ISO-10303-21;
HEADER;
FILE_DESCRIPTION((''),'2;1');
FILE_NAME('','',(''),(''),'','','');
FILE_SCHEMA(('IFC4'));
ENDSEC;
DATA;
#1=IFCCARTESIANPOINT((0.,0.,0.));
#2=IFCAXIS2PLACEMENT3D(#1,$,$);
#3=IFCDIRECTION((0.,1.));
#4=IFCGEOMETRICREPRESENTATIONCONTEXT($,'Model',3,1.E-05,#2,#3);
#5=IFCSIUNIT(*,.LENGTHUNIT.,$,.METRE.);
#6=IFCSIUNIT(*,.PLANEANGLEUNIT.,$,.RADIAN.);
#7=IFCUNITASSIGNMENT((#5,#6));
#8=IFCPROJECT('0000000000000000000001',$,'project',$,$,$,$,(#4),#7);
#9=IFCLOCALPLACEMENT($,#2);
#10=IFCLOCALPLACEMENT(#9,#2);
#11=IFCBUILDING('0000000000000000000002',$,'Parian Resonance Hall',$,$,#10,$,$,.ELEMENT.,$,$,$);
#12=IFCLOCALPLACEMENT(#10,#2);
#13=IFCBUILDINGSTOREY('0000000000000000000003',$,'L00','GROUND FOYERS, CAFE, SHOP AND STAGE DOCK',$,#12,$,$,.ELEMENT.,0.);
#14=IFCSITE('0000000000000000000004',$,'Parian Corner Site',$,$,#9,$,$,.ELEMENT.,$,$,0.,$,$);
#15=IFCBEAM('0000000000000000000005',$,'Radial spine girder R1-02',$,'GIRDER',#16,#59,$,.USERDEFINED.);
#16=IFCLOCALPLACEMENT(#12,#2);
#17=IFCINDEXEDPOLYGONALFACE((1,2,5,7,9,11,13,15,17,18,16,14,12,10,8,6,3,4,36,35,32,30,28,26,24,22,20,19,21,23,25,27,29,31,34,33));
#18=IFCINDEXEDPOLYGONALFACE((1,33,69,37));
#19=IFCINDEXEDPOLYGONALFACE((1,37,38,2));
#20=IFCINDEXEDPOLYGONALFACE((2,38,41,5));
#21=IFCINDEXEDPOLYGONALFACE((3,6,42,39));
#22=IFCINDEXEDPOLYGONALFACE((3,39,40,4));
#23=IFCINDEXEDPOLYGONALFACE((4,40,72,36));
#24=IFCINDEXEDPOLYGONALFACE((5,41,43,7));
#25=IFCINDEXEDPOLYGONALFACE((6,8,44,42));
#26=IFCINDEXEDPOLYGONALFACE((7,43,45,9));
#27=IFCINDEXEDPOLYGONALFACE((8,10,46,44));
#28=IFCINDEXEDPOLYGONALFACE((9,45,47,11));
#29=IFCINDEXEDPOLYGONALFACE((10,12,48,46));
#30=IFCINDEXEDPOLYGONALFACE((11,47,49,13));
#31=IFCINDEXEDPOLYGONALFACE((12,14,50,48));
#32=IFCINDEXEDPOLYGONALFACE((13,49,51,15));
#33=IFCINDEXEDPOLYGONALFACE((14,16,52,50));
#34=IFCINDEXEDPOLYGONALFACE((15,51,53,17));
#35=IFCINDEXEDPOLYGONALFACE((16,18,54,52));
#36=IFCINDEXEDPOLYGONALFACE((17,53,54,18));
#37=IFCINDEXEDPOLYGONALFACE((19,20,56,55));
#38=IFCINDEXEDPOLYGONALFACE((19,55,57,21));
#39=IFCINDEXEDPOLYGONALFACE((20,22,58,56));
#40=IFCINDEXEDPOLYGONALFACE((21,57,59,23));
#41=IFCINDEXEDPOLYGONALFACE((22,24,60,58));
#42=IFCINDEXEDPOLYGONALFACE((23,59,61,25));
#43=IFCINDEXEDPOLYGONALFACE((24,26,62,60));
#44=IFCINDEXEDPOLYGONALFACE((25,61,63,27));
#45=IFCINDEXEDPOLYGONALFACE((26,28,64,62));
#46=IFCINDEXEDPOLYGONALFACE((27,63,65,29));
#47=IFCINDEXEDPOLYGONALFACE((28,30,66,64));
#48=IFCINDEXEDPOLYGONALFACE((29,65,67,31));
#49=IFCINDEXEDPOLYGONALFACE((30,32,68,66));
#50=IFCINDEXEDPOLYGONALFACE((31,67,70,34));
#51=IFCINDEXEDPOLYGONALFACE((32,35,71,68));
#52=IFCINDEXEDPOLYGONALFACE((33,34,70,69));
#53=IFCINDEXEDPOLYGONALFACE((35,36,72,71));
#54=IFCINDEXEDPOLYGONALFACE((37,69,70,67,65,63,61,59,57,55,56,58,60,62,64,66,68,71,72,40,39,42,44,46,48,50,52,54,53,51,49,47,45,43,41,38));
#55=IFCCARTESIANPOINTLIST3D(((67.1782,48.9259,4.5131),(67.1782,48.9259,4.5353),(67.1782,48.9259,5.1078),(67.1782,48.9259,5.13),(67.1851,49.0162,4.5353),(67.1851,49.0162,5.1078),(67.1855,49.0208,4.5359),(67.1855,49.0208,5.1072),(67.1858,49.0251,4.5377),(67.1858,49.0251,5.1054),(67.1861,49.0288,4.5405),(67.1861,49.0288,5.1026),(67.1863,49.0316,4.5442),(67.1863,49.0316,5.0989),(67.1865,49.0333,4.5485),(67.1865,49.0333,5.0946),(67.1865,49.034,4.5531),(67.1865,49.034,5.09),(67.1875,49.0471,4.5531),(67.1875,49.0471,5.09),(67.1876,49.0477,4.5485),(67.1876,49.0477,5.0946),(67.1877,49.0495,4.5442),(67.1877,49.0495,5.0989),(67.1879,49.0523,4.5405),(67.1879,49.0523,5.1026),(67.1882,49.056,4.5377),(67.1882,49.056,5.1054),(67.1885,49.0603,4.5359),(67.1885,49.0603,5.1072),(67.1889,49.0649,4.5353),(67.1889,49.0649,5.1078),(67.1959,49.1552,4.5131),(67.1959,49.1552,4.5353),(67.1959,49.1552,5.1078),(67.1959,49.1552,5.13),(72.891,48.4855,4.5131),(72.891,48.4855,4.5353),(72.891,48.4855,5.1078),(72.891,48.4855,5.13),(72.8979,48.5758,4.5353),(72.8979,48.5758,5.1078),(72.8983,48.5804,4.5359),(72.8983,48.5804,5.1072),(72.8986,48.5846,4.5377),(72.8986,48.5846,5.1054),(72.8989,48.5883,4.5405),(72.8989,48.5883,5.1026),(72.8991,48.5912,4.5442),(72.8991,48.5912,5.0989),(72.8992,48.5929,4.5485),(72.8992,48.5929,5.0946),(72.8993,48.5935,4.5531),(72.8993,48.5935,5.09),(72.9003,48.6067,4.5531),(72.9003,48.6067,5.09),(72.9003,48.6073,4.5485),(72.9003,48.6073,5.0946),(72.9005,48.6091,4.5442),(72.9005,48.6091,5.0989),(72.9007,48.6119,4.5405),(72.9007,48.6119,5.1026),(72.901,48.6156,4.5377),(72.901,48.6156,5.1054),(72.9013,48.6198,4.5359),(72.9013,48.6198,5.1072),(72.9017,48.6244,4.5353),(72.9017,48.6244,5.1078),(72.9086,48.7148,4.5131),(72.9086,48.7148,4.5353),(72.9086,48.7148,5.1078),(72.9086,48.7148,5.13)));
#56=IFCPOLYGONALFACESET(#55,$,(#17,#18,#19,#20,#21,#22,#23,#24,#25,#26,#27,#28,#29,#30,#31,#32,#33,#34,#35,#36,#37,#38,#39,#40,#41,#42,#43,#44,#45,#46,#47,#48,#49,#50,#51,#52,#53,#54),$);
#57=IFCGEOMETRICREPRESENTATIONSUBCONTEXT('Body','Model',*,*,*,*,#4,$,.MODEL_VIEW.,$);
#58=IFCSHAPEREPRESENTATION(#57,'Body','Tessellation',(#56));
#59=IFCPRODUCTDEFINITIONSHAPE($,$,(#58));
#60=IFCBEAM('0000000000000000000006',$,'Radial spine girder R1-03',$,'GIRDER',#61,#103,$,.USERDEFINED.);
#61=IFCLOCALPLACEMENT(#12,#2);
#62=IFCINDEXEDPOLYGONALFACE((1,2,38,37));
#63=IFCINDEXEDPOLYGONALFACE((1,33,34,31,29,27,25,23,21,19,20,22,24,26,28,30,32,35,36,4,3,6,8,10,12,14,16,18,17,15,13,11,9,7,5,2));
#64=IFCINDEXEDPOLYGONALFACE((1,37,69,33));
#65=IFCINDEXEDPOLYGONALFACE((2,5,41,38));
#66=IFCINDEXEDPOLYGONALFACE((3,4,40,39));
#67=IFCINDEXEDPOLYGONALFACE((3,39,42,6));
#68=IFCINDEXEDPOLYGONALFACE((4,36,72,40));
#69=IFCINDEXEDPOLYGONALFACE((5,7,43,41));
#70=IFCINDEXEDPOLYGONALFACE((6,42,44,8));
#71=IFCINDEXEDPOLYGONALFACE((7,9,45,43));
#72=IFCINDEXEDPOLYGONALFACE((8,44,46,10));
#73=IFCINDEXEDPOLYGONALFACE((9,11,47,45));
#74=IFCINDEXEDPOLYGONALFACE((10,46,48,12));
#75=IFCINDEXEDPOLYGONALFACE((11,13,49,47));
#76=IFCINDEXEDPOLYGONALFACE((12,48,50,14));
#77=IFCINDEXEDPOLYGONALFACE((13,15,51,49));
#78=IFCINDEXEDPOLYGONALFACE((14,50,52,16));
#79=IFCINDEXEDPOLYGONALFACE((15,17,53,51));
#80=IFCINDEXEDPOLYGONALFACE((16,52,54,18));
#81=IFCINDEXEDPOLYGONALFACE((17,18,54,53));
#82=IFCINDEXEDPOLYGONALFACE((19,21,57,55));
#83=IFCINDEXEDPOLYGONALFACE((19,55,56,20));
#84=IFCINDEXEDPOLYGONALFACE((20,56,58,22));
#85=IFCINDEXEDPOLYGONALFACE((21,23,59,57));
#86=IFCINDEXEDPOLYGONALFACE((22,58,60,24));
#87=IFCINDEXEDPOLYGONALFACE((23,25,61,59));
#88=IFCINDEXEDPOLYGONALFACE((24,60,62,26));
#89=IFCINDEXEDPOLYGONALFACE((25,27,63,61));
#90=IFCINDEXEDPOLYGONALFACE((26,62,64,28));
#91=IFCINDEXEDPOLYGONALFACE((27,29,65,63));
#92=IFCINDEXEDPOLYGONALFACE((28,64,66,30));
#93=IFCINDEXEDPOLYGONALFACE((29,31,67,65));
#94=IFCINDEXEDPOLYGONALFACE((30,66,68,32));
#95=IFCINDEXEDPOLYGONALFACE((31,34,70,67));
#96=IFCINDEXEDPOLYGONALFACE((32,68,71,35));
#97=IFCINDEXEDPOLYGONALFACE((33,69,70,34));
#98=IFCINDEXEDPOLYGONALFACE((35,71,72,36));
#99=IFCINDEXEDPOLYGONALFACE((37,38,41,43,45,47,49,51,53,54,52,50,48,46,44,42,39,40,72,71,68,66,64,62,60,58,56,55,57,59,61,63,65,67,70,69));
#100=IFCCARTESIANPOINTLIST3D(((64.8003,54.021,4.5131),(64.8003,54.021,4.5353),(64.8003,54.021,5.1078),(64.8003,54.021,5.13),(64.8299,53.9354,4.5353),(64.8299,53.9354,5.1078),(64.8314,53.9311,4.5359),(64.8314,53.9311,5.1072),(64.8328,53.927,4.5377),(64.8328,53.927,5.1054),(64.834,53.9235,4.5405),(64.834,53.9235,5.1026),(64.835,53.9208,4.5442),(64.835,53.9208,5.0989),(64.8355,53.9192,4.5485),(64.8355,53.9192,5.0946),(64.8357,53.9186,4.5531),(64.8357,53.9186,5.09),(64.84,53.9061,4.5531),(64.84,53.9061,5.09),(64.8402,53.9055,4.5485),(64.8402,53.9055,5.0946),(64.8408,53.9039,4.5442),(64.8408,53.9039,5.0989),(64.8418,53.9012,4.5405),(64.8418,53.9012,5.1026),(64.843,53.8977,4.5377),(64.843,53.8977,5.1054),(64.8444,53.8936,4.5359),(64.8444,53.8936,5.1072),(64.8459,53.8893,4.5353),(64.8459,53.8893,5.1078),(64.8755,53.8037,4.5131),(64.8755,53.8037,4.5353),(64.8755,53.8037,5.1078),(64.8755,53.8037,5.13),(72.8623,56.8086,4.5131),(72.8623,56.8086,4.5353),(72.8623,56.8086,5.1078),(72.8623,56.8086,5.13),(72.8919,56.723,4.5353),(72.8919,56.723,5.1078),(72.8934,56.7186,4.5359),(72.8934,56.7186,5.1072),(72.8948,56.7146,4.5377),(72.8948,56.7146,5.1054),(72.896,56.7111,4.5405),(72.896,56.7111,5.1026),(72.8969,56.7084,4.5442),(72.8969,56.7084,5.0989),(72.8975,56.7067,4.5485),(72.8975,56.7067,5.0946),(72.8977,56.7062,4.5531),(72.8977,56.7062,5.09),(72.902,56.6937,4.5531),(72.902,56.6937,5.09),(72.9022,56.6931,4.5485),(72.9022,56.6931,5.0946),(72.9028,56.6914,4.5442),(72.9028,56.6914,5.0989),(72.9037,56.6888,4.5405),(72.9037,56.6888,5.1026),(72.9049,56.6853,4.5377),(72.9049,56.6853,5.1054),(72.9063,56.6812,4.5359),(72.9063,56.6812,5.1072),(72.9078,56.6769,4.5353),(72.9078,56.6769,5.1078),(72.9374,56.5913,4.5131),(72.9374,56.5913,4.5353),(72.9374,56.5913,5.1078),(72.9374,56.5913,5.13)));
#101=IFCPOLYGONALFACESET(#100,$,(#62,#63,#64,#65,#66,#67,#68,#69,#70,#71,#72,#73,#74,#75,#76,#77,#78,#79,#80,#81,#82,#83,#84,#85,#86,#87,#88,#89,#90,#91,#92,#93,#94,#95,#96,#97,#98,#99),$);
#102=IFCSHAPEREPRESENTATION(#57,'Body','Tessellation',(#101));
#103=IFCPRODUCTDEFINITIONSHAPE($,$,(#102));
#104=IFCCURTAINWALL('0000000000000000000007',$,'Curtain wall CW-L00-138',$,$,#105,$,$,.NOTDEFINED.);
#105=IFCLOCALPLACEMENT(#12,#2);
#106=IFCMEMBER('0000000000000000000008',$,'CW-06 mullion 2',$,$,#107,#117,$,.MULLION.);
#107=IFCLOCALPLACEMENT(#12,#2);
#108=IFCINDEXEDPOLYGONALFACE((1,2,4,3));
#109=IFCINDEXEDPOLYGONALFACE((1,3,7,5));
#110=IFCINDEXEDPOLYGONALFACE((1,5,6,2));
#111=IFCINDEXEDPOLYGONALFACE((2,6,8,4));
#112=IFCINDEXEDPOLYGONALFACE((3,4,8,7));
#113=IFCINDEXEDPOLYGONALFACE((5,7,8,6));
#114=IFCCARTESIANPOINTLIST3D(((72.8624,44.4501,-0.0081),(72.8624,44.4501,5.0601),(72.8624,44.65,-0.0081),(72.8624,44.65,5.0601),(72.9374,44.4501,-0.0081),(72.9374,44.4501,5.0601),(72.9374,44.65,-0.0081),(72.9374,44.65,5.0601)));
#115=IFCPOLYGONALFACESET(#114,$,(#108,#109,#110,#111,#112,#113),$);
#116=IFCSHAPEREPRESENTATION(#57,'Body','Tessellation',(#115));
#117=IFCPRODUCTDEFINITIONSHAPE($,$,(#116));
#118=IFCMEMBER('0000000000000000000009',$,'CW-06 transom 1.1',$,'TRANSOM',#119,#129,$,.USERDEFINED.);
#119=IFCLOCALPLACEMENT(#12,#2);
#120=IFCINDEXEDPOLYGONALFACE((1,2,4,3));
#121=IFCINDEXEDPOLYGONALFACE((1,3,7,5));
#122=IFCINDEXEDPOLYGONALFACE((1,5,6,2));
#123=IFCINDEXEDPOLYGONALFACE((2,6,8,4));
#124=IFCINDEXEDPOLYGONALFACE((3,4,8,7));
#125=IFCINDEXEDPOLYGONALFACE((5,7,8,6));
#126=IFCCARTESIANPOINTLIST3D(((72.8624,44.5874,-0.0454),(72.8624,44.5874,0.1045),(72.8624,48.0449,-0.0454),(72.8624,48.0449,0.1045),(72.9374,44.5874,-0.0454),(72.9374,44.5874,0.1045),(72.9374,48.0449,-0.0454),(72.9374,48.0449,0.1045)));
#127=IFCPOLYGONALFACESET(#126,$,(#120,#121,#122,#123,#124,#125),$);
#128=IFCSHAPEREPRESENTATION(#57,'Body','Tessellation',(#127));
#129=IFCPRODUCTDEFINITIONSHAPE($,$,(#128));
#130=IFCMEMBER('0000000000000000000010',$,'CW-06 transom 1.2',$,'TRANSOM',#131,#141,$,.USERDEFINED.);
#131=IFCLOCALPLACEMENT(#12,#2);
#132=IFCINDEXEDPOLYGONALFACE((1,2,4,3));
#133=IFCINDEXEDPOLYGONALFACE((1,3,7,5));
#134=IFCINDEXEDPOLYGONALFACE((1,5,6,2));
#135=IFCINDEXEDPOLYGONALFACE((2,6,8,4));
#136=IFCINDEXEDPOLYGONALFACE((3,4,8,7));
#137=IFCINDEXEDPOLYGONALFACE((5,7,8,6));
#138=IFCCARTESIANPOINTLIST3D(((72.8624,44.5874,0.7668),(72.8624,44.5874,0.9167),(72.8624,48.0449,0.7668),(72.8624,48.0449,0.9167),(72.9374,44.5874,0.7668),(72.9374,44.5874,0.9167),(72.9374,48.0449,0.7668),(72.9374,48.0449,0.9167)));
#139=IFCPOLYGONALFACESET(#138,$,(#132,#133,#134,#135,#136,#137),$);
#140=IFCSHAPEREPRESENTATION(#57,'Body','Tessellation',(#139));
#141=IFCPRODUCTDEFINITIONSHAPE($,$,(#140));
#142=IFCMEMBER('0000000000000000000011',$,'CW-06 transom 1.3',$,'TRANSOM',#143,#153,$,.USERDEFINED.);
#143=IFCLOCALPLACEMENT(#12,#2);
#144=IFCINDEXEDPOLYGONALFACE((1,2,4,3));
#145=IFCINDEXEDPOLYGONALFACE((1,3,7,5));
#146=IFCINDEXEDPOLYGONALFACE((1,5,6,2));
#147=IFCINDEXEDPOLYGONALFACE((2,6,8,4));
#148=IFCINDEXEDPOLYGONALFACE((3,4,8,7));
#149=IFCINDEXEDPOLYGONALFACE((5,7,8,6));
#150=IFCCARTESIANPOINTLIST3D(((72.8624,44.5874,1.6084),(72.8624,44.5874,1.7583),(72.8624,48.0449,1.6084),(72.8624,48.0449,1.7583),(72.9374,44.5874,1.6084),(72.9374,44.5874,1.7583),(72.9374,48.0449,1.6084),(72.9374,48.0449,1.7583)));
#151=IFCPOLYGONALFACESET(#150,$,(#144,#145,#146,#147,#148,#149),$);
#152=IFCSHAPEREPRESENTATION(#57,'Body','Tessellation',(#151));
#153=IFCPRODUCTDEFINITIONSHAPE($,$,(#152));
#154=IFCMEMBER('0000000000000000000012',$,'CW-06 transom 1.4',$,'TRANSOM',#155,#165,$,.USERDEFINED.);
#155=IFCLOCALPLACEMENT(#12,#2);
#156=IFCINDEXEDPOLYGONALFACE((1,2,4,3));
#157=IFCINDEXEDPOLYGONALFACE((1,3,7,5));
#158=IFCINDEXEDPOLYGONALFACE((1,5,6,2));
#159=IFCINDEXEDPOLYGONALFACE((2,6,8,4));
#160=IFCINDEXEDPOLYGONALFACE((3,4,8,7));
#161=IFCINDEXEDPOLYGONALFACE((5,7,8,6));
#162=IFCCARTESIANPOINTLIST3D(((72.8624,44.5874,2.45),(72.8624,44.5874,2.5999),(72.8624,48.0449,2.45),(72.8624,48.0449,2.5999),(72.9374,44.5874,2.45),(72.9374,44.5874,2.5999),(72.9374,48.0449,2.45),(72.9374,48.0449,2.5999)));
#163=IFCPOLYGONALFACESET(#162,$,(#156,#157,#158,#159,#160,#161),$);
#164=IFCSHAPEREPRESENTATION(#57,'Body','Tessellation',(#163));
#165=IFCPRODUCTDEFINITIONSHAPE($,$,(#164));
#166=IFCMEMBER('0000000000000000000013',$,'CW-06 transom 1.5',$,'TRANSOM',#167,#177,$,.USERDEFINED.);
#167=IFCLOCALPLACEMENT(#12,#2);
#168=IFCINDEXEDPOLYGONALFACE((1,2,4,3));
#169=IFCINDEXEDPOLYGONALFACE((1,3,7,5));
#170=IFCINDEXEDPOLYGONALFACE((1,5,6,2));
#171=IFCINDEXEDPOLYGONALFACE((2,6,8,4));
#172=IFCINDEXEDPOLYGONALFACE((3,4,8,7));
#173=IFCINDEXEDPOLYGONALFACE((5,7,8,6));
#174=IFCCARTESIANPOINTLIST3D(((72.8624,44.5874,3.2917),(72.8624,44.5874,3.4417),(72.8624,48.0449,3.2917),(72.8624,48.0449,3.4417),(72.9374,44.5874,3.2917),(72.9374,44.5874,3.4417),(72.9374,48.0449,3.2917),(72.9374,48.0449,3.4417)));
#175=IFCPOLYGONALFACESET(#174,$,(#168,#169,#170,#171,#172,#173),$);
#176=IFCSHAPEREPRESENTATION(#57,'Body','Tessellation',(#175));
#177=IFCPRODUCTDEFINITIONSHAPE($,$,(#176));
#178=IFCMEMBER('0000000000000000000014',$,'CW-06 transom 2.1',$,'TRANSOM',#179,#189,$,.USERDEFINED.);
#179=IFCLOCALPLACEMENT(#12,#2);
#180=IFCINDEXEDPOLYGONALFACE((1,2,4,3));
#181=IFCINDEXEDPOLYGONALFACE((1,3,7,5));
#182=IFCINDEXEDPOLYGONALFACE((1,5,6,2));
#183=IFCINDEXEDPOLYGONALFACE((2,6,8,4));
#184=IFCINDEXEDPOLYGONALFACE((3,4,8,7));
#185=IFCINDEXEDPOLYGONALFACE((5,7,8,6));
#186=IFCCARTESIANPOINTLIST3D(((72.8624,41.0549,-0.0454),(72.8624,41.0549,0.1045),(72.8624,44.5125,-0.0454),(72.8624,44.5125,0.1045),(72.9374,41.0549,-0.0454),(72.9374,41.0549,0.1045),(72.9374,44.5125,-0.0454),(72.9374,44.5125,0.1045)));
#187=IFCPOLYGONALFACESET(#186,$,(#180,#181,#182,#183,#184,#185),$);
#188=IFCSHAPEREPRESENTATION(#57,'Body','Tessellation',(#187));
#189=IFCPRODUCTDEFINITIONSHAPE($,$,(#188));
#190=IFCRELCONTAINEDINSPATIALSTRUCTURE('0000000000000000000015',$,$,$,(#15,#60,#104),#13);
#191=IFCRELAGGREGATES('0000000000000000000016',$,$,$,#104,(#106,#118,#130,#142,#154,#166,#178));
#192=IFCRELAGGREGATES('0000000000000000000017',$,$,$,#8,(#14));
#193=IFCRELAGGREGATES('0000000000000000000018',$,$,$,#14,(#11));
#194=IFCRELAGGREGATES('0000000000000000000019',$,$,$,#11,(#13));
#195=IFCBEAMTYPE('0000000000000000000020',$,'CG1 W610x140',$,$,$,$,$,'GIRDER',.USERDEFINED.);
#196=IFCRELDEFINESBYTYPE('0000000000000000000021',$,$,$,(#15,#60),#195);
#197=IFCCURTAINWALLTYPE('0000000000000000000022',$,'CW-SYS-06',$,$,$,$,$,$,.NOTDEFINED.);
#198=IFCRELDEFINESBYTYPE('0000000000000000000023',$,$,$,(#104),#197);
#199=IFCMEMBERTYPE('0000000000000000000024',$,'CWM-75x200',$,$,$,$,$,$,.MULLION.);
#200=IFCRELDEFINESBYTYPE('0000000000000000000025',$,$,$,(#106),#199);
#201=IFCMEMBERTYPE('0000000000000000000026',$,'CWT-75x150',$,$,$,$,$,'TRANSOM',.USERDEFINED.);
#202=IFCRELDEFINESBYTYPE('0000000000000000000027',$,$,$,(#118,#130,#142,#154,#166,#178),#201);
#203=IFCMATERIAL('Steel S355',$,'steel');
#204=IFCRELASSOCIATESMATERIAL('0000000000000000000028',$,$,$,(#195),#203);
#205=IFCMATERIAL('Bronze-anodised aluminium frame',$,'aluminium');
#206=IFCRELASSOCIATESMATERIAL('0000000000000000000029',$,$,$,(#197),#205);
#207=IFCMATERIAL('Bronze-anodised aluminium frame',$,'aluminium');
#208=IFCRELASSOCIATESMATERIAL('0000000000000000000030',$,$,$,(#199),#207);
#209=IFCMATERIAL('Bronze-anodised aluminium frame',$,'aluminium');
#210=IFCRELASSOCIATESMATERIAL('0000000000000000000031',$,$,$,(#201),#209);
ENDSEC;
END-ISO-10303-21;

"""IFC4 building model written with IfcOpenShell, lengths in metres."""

from ifc_helpers import new_model, si_unit, direction, frame, origin, origin_2d, place, context, subcontext, project, spatial, rectangle, i_section, extrude, material, material_profile, profile_set, type_object, element, aggregate, save


model = new_model("IFC4")

# Units and contexts
model_context = context("Model", 3, precision=1e-05, world=origin(), true_north=direction((0.0, 1.0)))
body_context = subcontext(model_context, "Body", "Model", "MODEL_VIEW")
ifc_project = project(units=[si_unit("LENGTHUNIT", "METRE"), si_unit("PLANEANGLEUNIT", "RADIAN")], contexts=[model_context])

# Site, building, storey
site_placement = place(None, origin())
site = spatial("IfcSite", under=ifc_project, at=site_placement, Name="Parian Corner Site", CompositionType="ELEMENT", RefElevation=0.0)
building_placement = place(site_placement, origin())
building = spatial("IfcBuilding", under=site, at=building_placement, Name="Parian Resonance Hall", CompositionType="ELEMENT")
storey_placement = place(building_placement, origin())
storey = spatial("IfcBuildingStorey", under=building, at=storey_placement, Name="L00", Description="GROUND FOYERS, CAFE, SHOP AND STAGE DOCK", CompositionType="ELEMENT", Elevation=0.0)

# Beams
ifc_material_1 = material(Name="Steel S355", Category="steel")
ifc_material_profile_1 = material_profile(ifc_material_1, i_section(OverallWidth=0.23, OverallDepth=0.6169, WebThickness=0.0132, FlangeThickness=0.0222, FilletRadius=0.0178, at=origin_2d()), Name="W610x140")
ifc_profile_set_1 = profile_set([ifc_material_profile_1], Name="Steel S355")
beam_type_1 = type_object("IfcBeamType", Name="CG1 W610x140", ElementType="GIRDER", PredefinedType="USERDEFINED", material=ifc_profile_set_1)
beam_1_placement = place(storey_placement, frame((67.187, 49.0405, 4.8215), z_axis=(0.997041, -0.076866, 0.0), x_axis=(0.076866, 0.997041, 0.0)))
element("IfcBeam", 1, at=beam_1_placement, inside=storey, type_object=beam_type_1, Name="Radial spine girder R1-02", ObjectType="GIRDER", PredefinedType="USERDEFINED", context=body_context, shape_type="SweptSolid", body=[
    extrude(i_section(OverallWidth=0.23, OverallDepth=0.6169, WebThickness=0.0132, FlangeThickness=0.0222, FilletRadius=0.0178, at=origin_2d()), origin(), (0.0, 0.0, 1.0), 5.7297),
])
beam_2_placement = place(storey_placement, frame((64.8379, 53.9124, 4.8215), z_axis=(0.945098, 0.326786, 0.0), x_axis=(-0.326786, 0.945098, 0.0)))
element("IfcBeam", 2, at=beam_2_placement, inside=storey, type_object=beam_type_1, Name="Radial spine girder R1-03", ObjectType="GIRDER", PredefinedType="USERDEFINED", context=body_context, shape_type="SweptSolid", body=[
    extrude(i_section(OverallWidth=0.23, OverallDepth=0.6169, WebThickness=0.0132, FlangeThickness=0.0222, FilletRadius=0.0178, at=origin_2d()), origin(), (0.0, 0.0, 1.0), 8.5303),
])

# Curtain wall, members
ifc_material_2 = material(Name="Bronze-anodised aluminium frame", Category="aluminium")
curtain_wall_type = type_object("IfcCurtainWallType", Name="CW-SYS-06", PredefinedType="NOTDEFINED", material=ifc_material_2)
curtain_wall_placement = place(storey_placement, origin())
curtain_wall = element("IfcCurtainWall", 3, at=curtain_wall_placement, inside=storey, type_object=curtain_wall_type, Name="Curtain wall CW-L00-138", PredefinedType="NOTDEFINED")
ifc_material_3 = material(Name="Bronze-anodised aluminium frame", Category="aluminium")
ifc_material_profile_2 = material_profile(ifc_material_3, rectangle(XDim=0.075, YDim=0.2, at=origin_2d()), Name="CWM-75x200")
ifc_profile_set_2 = profile_set([ifc_material_profile_2], Name="Bronze-anodised aluminium frame")
member_type_1 = type_object("IfcMemberType", Name="CWM-75x200", PredefinedType="MULLION", material=ifc_profile_set_2)
member_1_placement = place(storey_placement, frame((72.8999, 44.55, -0.0081), z_axis=(0.0, 0.0, 1.0), x_axis=(1.0, 0.0, 0.0)))
member_1 = element("IfcMember", 4, at=member_1_placement, type_object=member_type_1, Name="CW-06 mullion 2", PredefinedType="MULLION", context=body_context, shape_type="SweptSolid", body=[
    extrude(rectangle(XDim=0.075, YDim=0.2, at=origin_2d()), origin(), (0.0, 0.0, 1.0), 5.0681),
])
ifc_material_4 = material(Name="Bronze-anodised aluminium frame", Category="aluminium")
ifc_material_profile_3 = material_profile(ifc_material_4, rectangle(XDim=0.075, YDim=0.1499, at=origin_2d()), Name="CWT-75x150")
ifc_profile_set_3 = profile_set([ifc_material_profile_3], Name="Bronze-anodised aluminium frame")
member_type_2 = type_object("IfcMemberType", Name="CWT-75x150", ElementType="TRANSOM", PredefinedType="USERDEFINED", material=ifc_profile_set_3)
member_2_placement = place(storey_placement, frame((72.8999, 48.0449, 0.0295), z_axis=(0.0, -1.0, 0.0), x_axis=(1.0, 0.0, 0.0)))
member_2 = element("IfcMember", 5, at=member_2_placement, type_object=member_type_2, Name="CW-06 transom 1.1", ObjectType="TRANSOM", PredefinedType="USERDEFINED", context=body_context, shape_type="SweptSolid", body=[
    extrude(rectangle(XDim=0.075, YDim=0.1499, at=origin_2d()), origin(), (0.0, 0.0, 1.0), 3.4575),
])
member_3_placement = place(storey_placement, frame((72.8999, 48.0449, 0.8418), z_axis=(0.0, -1.0, 0.0), x_axis=(1.0, 0.0, 0.0)))
member_3 = element("IfcMember", 6, at=member_3_placement, type_object=member_type_2, Name="CW-06 transom 1.2", ObjectType="TRANSOM", PredefinedType="USERDEFINED", context=body_context, shape_type="SweptSolid", body=[
    extrude(rectangle(XDim=0.075, YDim=0.1499, at=origin_2d()), origin(), (0.0, 0.0, 1.0), 3.4575),
])
member_4_placement = place(storey_placement, frame((72.8999, 48.0449, 1.6833), z_axis=(0.0, -1.0, 0.0), x_axis=(1.0, 0.0, 0.0)))
member_4 = element("IfcMember", 7, at=member_4_placement, type_object=member_type_2, Name="CW-06 transom 1.3", ObjectType="TRANSOM", PredefinedType="USERDEFINED", context=body_context, shape_type="SweptSolid", body=[
    extrude(rectangle(XDim=0.075, YDim=0.1499, at=origin_2d()), origin(), (0.0, 0.0, 1.0), 3.4575),
])
member_5_placement = place(storey_placement, frame((72.8999, 48.0449, 2.5249), z_axis=(0.0, -1.0, 0.0), x_axis=(1.0, 0.0, 0.0)))
member_5 = element("IfcMember", 8, at=member_5_placement, type_object=member_type_2, Name="CW-06 transom 1.4", ObjectType="TRANSOM", PredefinedType="USERDEFINED", context=body_context, shape_type="SweptSolid", body=[
    extrude(rectangle(XDim=0.075, YDim=0.1499, at=origin_2d()), origin(), (0.0, 0.0, 1.0), 3.4575),
])
member_6_placement = place(storey_placement, frame((72.8999, 48.0449, 3.3667), z_axis=(0.0, -1.0, 0.0), x_axis=(1.0, 0.0, 0.0)))
member_6 = element("IfcMember", 9, at=member_6_placement, type_object=member_type_2, Name="CW-06 transom 1.5", ObjectType="TRANSOM", PredefinedType="USERDEFINED", context=body_context, shape_type="SweptSolid", body=[
    extrude(rectangle(XDim=0.075, YDim=0.1499, at=origin_2d()), origin(), (0.0, 0.0, 1.0), 3.4575),
])
member_7_placement = place(storey_placement, frame((72.8999, 44.5125, 0.0295), z_axis=(0.0, -1.0, 0.0), x_axis=(1.0, 0.0, 0.0)))
member_7 = element("IfcMember", 10, at=member_7_placement, type_object=member_type_2, Name="CW-06 transom 2.1", ObjectType="TRANSOM", PredefinedType="USERDEFINED", context=body_context, shape_type="SweptSolid", body=[
    extrude(rectangle(XDim=0.075, YDim=0.1499, at=origin_2d()), origin(), (0.0, 0.0, 1.0), 3.4575),
])
aggregate(curtain_wall, [member_1, member_2, member_3, member_4, member_5, member_6, member_7])

save(model, "model.ifc")
